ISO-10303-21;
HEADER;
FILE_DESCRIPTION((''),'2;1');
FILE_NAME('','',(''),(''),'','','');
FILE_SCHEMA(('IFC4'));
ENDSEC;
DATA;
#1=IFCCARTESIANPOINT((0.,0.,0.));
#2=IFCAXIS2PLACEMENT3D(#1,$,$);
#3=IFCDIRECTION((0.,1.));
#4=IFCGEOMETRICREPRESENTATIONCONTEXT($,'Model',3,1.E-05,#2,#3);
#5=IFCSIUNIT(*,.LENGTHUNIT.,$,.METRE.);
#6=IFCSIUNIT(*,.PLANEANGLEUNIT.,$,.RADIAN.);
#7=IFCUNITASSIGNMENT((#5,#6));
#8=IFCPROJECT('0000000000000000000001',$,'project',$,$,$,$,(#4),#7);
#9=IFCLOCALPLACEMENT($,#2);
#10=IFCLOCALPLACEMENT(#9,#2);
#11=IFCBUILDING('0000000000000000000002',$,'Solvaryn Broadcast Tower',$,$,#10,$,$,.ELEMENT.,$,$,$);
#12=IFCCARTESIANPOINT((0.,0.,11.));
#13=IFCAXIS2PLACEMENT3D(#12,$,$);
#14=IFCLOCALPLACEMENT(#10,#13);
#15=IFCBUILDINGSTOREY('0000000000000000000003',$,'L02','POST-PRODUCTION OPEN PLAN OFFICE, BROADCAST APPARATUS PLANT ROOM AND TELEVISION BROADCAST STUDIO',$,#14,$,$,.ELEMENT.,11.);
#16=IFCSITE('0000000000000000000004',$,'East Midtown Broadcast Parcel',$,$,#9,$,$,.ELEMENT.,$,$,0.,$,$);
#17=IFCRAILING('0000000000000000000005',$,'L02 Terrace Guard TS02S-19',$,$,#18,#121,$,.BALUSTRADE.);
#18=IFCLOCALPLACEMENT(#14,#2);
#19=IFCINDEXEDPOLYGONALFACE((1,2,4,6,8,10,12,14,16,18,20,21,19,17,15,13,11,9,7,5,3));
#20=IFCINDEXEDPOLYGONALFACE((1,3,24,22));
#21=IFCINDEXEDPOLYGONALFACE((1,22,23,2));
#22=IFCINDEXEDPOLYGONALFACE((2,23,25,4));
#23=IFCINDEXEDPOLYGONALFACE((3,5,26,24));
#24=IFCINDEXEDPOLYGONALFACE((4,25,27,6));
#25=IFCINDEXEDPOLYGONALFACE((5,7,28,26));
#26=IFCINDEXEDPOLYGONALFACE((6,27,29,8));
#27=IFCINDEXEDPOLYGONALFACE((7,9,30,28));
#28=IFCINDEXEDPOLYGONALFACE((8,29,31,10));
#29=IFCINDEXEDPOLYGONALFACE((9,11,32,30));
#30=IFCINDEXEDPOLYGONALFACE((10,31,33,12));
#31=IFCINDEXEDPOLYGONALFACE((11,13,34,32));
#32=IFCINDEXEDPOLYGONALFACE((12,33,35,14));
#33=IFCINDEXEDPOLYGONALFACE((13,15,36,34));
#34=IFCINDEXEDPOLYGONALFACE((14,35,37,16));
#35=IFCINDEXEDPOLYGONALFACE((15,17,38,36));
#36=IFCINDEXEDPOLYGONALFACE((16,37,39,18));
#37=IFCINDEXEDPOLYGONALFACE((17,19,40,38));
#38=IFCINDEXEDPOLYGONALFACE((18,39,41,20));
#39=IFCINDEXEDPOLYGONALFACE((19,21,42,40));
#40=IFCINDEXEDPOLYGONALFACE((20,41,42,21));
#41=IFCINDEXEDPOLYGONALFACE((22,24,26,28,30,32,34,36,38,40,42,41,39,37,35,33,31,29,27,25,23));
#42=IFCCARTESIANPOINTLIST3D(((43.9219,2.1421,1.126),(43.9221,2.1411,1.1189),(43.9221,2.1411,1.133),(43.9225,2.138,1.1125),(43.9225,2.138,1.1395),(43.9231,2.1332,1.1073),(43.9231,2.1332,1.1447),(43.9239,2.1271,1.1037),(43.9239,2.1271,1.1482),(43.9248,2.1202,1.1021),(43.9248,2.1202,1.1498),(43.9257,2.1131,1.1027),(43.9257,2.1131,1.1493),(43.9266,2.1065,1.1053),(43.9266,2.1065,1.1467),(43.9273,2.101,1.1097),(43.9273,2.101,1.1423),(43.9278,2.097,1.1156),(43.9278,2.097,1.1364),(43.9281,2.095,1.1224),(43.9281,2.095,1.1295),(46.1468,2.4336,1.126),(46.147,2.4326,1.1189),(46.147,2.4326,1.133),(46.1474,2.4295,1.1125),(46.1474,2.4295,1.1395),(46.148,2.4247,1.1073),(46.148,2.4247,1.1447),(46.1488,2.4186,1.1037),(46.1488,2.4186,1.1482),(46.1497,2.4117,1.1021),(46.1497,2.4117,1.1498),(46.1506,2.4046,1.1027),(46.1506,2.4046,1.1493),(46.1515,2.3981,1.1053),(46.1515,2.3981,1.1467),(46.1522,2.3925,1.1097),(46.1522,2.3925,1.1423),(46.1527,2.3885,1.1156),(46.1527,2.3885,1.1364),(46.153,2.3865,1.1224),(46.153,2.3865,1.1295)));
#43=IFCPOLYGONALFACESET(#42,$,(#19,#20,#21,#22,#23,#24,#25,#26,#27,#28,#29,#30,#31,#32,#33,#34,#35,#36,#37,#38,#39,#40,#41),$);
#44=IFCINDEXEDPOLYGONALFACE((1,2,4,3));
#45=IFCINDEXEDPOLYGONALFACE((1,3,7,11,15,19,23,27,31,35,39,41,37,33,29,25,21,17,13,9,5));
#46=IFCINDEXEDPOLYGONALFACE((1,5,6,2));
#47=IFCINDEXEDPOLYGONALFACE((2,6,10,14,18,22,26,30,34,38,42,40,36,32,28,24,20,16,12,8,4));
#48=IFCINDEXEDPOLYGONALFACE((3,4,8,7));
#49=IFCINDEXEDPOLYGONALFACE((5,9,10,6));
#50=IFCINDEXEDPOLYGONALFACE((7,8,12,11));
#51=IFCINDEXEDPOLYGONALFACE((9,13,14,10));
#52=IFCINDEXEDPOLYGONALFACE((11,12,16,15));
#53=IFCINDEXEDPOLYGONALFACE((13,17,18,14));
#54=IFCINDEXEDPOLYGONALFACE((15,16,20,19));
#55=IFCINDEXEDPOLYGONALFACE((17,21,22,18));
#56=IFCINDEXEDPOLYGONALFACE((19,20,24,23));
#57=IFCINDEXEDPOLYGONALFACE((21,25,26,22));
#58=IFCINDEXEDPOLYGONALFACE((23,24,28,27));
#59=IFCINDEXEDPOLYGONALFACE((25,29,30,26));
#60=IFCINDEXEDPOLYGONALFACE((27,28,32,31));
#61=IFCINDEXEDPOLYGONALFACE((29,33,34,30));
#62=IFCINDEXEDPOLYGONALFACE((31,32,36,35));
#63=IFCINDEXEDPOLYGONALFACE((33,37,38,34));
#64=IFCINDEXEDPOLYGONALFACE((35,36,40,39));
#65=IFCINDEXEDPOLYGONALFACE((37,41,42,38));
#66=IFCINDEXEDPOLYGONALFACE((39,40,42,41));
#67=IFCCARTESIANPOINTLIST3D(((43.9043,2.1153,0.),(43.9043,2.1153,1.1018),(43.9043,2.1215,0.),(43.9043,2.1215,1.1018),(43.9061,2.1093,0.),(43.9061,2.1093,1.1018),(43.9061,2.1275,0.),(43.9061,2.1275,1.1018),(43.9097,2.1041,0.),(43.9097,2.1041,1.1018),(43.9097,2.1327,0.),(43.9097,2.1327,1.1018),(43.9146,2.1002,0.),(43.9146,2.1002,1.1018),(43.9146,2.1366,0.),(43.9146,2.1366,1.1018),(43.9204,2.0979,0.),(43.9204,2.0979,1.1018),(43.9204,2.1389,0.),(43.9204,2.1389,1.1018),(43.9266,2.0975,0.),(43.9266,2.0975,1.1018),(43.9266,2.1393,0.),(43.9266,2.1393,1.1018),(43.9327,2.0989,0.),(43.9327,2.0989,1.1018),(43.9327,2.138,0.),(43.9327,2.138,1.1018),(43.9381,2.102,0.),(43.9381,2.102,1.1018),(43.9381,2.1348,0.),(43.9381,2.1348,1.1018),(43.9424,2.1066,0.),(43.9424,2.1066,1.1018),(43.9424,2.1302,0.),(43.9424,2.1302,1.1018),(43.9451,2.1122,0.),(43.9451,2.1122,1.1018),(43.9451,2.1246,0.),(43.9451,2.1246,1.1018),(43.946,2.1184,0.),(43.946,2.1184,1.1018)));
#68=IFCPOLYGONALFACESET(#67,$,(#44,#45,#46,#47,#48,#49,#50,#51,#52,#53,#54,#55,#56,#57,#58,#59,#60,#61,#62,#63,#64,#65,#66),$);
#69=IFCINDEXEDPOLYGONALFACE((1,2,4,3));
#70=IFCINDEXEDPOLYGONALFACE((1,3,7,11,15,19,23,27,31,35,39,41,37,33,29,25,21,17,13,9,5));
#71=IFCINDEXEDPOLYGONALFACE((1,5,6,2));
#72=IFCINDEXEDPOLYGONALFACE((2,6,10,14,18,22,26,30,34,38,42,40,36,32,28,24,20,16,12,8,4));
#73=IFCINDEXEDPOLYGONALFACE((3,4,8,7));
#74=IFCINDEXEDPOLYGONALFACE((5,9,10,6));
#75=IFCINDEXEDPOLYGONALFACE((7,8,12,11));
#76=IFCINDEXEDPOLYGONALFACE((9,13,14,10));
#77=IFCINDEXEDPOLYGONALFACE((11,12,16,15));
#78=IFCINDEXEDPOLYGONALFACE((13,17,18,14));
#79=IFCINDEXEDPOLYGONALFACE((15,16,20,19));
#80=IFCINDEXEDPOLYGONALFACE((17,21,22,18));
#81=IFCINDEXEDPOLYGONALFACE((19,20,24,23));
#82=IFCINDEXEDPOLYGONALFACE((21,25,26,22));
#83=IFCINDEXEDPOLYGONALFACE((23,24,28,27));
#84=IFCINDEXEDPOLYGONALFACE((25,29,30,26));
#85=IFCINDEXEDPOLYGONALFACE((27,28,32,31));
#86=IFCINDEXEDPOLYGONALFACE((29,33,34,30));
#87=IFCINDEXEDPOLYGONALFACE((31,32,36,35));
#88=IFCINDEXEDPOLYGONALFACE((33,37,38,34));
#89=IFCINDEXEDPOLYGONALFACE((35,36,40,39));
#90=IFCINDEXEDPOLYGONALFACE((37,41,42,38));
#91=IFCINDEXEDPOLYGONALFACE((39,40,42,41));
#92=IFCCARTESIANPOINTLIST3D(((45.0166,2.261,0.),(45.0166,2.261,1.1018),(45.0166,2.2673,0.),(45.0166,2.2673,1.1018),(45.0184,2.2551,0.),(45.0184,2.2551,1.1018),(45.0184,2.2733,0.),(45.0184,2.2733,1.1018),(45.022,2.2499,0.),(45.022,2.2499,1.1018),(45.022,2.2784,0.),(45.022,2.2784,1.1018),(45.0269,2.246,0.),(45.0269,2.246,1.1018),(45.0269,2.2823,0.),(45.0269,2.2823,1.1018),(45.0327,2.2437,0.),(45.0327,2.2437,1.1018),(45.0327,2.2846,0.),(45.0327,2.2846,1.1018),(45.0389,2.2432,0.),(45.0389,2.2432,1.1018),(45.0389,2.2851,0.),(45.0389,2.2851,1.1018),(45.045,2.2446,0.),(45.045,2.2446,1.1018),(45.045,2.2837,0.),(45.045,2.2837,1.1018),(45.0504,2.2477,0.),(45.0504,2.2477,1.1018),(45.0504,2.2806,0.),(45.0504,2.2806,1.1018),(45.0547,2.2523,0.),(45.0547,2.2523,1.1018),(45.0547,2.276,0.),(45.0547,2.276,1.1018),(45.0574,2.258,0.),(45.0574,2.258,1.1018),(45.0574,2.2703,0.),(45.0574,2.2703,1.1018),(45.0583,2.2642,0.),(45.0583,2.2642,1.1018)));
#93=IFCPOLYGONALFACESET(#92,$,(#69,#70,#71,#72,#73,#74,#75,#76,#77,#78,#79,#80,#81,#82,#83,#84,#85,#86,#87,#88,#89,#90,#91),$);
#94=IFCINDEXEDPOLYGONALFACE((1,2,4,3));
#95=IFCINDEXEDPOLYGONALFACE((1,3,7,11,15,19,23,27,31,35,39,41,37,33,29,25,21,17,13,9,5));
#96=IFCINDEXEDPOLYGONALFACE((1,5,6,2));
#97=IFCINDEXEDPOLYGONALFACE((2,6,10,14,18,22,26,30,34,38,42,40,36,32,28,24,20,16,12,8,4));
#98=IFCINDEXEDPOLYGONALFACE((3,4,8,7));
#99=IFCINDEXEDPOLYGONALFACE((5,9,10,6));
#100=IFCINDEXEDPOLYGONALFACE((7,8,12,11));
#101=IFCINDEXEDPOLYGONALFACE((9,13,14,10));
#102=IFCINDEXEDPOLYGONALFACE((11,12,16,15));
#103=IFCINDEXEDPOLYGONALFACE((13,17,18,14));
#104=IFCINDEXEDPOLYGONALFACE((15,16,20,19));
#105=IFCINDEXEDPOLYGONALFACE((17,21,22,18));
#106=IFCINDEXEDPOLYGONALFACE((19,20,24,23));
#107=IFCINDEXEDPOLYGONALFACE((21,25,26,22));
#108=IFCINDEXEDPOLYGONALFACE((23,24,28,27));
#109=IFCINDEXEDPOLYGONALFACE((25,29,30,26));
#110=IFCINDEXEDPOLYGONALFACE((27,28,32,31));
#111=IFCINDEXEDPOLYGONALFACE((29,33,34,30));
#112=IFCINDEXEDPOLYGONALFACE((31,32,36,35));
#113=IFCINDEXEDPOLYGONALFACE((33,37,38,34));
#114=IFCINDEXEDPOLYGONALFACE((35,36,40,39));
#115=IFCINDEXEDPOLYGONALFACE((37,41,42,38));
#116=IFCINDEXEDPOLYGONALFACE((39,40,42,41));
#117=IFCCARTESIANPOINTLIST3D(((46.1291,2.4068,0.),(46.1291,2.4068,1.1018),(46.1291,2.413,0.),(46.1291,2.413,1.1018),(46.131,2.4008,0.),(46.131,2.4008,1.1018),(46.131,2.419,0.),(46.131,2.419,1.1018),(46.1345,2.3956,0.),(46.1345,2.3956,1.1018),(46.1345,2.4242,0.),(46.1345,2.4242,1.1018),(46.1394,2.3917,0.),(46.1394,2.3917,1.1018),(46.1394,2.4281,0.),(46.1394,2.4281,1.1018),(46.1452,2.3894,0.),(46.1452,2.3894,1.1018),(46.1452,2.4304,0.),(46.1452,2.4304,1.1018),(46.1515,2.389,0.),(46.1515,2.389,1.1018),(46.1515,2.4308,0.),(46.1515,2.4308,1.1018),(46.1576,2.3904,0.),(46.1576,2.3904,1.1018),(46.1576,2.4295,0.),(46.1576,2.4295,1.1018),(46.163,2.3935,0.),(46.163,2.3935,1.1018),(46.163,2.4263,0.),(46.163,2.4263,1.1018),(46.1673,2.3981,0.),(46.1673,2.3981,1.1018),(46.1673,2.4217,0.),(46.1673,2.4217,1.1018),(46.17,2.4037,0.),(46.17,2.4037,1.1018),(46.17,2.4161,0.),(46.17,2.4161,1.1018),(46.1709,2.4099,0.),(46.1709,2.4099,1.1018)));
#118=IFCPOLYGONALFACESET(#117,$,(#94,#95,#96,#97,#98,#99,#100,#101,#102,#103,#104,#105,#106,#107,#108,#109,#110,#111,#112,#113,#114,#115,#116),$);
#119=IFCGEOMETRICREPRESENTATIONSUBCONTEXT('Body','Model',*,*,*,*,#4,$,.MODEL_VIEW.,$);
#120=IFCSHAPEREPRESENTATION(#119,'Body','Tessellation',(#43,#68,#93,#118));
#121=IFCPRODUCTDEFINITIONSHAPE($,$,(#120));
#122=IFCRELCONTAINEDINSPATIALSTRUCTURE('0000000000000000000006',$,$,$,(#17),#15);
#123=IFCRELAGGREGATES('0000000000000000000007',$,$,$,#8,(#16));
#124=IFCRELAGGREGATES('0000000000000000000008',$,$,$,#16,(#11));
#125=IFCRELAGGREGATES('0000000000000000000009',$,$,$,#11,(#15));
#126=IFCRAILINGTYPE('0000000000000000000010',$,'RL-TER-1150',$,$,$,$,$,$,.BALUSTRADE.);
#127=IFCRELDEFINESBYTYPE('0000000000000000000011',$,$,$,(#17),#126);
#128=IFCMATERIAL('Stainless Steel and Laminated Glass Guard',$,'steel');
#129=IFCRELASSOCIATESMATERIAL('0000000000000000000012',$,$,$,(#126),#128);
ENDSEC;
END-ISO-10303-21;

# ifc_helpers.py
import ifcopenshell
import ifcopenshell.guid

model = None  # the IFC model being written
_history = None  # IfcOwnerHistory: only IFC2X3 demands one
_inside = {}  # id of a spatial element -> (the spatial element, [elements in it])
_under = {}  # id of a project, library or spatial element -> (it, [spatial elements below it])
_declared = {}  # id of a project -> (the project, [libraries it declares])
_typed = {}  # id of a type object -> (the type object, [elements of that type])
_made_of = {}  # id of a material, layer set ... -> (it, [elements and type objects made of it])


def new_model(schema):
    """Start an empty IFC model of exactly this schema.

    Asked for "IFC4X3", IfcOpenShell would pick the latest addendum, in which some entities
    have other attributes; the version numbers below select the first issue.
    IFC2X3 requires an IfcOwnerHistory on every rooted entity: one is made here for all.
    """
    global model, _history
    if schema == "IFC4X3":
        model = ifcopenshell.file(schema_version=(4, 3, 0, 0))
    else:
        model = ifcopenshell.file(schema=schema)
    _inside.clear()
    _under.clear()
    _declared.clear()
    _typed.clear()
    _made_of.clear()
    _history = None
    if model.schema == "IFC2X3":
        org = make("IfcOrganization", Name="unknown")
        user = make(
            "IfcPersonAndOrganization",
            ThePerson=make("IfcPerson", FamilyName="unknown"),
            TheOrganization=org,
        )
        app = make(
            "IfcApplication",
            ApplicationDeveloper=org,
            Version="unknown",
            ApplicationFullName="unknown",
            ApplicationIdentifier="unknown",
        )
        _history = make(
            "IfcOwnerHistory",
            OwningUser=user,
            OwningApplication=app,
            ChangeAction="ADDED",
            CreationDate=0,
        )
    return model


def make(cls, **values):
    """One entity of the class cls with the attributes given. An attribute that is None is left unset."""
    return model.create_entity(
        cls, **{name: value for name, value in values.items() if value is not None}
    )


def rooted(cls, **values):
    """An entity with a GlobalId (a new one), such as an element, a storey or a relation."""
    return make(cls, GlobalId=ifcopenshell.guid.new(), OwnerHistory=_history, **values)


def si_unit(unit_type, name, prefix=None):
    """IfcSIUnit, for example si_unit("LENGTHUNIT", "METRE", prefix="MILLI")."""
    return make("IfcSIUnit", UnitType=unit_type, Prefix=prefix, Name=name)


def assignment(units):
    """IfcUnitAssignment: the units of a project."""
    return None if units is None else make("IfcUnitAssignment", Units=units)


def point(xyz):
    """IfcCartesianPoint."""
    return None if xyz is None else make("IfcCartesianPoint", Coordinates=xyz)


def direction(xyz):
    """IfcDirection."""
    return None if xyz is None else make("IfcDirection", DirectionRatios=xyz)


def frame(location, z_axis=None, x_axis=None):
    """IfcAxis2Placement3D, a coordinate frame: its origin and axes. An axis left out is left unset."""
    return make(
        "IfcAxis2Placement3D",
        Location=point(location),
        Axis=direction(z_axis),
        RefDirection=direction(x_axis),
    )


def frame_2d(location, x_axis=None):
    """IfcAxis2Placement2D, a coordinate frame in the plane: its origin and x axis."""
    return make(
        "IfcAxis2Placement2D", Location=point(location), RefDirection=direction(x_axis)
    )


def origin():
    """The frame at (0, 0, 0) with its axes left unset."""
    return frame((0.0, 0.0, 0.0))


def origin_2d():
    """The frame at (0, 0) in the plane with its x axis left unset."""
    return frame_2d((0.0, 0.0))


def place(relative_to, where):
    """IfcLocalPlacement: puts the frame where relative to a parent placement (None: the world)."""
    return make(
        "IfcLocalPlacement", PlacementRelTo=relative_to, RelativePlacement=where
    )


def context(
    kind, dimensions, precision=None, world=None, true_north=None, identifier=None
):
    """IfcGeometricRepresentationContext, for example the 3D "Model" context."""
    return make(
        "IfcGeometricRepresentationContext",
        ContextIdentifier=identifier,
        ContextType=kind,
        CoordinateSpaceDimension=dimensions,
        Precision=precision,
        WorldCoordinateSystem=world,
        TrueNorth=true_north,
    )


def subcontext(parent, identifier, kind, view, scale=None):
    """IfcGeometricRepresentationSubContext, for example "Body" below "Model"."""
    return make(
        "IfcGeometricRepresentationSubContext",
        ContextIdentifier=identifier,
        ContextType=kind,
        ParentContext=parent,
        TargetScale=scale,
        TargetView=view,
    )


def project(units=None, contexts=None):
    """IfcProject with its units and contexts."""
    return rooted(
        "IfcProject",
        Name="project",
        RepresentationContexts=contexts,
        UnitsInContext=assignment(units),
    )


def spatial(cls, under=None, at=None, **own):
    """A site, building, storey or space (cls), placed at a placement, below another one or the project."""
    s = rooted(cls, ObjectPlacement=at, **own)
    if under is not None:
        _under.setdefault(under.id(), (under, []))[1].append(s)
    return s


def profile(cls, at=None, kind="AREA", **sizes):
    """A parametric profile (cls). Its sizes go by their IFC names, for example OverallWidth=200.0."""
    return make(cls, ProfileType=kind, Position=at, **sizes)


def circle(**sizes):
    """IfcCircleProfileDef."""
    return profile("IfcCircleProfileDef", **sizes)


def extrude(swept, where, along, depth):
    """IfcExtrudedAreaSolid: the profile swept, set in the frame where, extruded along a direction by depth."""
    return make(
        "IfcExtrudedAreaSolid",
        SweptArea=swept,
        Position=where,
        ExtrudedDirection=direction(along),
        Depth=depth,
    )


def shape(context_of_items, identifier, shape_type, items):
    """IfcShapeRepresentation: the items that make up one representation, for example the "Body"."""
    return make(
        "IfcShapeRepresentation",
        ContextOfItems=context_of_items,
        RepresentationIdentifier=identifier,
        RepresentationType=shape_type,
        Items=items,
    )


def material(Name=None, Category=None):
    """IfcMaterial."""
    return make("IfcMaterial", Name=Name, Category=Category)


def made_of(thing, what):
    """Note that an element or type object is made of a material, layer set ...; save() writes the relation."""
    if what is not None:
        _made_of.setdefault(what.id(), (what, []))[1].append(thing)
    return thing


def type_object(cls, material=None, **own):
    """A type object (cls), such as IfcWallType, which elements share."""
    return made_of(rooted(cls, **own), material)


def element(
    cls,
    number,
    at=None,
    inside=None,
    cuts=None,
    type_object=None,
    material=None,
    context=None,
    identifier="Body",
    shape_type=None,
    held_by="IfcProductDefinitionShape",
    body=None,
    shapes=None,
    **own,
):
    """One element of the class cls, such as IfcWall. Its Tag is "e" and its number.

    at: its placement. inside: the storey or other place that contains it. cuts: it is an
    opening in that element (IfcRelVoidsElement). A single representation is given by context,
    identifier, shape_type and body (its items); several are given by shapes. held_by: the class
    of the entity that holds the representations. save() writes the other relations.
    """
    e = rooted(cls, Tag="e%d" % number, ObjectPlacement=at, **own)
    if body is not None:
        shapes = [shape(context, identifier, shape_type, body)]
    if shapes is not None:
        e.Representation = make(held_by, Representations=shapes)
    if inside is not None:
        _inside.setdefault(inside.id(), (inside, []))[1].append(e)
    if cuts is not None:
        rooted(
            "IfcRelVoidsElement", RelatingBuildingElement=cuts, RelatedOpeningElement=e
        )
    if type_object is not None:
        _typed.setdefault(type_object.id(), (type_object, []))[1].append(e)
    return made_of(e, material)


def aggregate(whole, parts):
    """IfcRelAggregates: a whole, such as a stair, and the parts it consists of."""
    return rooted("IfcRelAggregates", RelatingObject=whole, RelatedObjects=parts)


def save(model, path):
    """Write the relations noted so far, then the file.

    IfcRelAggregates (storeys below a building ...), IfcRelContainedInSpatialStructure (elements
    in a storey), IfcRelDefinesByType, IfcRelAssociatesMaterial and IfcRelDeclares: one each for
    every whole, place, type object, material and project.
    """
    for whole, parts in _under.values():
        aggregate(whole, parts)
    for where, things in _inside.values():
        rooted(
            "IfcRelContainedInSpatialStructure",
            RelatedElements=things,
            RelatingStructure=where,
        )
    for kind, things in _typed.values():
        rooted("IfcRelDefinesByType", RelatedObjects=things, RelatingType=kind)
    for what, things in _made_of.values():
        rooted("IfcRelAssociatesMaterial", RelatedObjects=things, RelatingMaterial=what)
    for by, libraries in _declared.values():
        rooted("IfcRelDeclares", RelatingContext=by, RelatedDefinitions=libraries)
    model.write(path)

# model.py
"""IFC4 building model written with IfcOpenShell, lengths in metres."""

from ifc_helpers import new_model, si_unit, direction, frame, origin, origin_2d, place, context, subcontext, project, spatial, circle, extrude, material, type_object, element, save


model = new_model("IFC4")

# Units and contexts
model_context = context("Model", 3, precision=1e-05, world=origin(), true_north=direction((0.0, 1.0)))
body_context = subcontext(model_context, "Body", "Model", "MODEL_VIEW")
ifc_project = project(units=[si_unit("LENGTHUNIT", "METRE"), si_unit("PLANEANGLEUNIT", "RADIAN")], contexts=[model_context])

# Site, building, storey
site_placement = place(None, origin())
site = spatial("IfcSite", under=ifc_project, at=site_placement, Name="East Midtown Broadcast Parcel", CompositionType="ELEMENT", RefElevation=0.0)
building_placement = place(site_placement, origin())
building = spatial("IfcBuilding", under=site, at=building_placement, Name="Solvaryn Broadcast Tower", CompositionType="ELEMENT")
storey_placement = place(building_placement, frame((0.0, 0.0, 11.0)))
storey = spatial("IfcBuildingStorey", under=building, at=storey_placement, Name="L02", Description="POST-PRODUCTION OPEN PLAN OFFICE, BROADCAST APPARATUS PLANT ROOM AND TELEVISION BROADCAST STUDIO", CompositionType="ELEMENT", Elevation=11.0)

# Railing
ifc_material_1 = material(Name="Stainless Steel and Laminated Glass Guard", Category="steel")
railing_type = type_object("IfcRailingType", Name="RL-TER-1150", PredefinedType="BALUSTRADE", material=ifc_material_1)
railing_1_placement = place(storey_placement, frame((43.925, 2.1184, 0.0)))
element("IfcRailing", 1, at=railing_1_placement, inside=storey, type_object=railing_type, Name="L02 Terrace Guard TS02S-19", PredefinedType="BALUSTRADE", context=body_context, shape_type="SweptSolid", body=[
    extrude(circle(Radius=0.0239, at=origin_2d()), frame((0.0, 0.0, 1.126), z_axis=(0.991526, 0.129911, 0.0), x_axis=(-0.129911, 0.991526, 0.0)), (0.0, 0.0, 1.0), 2.2439),
    extrude(circle(Radius=0.021, at=origin_2d()), origin(), (0.0, 0.0, 1.0), 1.1018),
    extrude(circle(Radius=0.021, at=origin_2d()), frame((1.1123, 0.1458, 0.0)), (0.0, 0.0, 1.0), 1.1018),
    extrude(circle(Radius=0.021, at=origin_2d()), frame((2.2249, 0.2915, 0.0)), (0.0, 0.0, 1.0), 1.1018),
])

save(model, "model.ifc")
